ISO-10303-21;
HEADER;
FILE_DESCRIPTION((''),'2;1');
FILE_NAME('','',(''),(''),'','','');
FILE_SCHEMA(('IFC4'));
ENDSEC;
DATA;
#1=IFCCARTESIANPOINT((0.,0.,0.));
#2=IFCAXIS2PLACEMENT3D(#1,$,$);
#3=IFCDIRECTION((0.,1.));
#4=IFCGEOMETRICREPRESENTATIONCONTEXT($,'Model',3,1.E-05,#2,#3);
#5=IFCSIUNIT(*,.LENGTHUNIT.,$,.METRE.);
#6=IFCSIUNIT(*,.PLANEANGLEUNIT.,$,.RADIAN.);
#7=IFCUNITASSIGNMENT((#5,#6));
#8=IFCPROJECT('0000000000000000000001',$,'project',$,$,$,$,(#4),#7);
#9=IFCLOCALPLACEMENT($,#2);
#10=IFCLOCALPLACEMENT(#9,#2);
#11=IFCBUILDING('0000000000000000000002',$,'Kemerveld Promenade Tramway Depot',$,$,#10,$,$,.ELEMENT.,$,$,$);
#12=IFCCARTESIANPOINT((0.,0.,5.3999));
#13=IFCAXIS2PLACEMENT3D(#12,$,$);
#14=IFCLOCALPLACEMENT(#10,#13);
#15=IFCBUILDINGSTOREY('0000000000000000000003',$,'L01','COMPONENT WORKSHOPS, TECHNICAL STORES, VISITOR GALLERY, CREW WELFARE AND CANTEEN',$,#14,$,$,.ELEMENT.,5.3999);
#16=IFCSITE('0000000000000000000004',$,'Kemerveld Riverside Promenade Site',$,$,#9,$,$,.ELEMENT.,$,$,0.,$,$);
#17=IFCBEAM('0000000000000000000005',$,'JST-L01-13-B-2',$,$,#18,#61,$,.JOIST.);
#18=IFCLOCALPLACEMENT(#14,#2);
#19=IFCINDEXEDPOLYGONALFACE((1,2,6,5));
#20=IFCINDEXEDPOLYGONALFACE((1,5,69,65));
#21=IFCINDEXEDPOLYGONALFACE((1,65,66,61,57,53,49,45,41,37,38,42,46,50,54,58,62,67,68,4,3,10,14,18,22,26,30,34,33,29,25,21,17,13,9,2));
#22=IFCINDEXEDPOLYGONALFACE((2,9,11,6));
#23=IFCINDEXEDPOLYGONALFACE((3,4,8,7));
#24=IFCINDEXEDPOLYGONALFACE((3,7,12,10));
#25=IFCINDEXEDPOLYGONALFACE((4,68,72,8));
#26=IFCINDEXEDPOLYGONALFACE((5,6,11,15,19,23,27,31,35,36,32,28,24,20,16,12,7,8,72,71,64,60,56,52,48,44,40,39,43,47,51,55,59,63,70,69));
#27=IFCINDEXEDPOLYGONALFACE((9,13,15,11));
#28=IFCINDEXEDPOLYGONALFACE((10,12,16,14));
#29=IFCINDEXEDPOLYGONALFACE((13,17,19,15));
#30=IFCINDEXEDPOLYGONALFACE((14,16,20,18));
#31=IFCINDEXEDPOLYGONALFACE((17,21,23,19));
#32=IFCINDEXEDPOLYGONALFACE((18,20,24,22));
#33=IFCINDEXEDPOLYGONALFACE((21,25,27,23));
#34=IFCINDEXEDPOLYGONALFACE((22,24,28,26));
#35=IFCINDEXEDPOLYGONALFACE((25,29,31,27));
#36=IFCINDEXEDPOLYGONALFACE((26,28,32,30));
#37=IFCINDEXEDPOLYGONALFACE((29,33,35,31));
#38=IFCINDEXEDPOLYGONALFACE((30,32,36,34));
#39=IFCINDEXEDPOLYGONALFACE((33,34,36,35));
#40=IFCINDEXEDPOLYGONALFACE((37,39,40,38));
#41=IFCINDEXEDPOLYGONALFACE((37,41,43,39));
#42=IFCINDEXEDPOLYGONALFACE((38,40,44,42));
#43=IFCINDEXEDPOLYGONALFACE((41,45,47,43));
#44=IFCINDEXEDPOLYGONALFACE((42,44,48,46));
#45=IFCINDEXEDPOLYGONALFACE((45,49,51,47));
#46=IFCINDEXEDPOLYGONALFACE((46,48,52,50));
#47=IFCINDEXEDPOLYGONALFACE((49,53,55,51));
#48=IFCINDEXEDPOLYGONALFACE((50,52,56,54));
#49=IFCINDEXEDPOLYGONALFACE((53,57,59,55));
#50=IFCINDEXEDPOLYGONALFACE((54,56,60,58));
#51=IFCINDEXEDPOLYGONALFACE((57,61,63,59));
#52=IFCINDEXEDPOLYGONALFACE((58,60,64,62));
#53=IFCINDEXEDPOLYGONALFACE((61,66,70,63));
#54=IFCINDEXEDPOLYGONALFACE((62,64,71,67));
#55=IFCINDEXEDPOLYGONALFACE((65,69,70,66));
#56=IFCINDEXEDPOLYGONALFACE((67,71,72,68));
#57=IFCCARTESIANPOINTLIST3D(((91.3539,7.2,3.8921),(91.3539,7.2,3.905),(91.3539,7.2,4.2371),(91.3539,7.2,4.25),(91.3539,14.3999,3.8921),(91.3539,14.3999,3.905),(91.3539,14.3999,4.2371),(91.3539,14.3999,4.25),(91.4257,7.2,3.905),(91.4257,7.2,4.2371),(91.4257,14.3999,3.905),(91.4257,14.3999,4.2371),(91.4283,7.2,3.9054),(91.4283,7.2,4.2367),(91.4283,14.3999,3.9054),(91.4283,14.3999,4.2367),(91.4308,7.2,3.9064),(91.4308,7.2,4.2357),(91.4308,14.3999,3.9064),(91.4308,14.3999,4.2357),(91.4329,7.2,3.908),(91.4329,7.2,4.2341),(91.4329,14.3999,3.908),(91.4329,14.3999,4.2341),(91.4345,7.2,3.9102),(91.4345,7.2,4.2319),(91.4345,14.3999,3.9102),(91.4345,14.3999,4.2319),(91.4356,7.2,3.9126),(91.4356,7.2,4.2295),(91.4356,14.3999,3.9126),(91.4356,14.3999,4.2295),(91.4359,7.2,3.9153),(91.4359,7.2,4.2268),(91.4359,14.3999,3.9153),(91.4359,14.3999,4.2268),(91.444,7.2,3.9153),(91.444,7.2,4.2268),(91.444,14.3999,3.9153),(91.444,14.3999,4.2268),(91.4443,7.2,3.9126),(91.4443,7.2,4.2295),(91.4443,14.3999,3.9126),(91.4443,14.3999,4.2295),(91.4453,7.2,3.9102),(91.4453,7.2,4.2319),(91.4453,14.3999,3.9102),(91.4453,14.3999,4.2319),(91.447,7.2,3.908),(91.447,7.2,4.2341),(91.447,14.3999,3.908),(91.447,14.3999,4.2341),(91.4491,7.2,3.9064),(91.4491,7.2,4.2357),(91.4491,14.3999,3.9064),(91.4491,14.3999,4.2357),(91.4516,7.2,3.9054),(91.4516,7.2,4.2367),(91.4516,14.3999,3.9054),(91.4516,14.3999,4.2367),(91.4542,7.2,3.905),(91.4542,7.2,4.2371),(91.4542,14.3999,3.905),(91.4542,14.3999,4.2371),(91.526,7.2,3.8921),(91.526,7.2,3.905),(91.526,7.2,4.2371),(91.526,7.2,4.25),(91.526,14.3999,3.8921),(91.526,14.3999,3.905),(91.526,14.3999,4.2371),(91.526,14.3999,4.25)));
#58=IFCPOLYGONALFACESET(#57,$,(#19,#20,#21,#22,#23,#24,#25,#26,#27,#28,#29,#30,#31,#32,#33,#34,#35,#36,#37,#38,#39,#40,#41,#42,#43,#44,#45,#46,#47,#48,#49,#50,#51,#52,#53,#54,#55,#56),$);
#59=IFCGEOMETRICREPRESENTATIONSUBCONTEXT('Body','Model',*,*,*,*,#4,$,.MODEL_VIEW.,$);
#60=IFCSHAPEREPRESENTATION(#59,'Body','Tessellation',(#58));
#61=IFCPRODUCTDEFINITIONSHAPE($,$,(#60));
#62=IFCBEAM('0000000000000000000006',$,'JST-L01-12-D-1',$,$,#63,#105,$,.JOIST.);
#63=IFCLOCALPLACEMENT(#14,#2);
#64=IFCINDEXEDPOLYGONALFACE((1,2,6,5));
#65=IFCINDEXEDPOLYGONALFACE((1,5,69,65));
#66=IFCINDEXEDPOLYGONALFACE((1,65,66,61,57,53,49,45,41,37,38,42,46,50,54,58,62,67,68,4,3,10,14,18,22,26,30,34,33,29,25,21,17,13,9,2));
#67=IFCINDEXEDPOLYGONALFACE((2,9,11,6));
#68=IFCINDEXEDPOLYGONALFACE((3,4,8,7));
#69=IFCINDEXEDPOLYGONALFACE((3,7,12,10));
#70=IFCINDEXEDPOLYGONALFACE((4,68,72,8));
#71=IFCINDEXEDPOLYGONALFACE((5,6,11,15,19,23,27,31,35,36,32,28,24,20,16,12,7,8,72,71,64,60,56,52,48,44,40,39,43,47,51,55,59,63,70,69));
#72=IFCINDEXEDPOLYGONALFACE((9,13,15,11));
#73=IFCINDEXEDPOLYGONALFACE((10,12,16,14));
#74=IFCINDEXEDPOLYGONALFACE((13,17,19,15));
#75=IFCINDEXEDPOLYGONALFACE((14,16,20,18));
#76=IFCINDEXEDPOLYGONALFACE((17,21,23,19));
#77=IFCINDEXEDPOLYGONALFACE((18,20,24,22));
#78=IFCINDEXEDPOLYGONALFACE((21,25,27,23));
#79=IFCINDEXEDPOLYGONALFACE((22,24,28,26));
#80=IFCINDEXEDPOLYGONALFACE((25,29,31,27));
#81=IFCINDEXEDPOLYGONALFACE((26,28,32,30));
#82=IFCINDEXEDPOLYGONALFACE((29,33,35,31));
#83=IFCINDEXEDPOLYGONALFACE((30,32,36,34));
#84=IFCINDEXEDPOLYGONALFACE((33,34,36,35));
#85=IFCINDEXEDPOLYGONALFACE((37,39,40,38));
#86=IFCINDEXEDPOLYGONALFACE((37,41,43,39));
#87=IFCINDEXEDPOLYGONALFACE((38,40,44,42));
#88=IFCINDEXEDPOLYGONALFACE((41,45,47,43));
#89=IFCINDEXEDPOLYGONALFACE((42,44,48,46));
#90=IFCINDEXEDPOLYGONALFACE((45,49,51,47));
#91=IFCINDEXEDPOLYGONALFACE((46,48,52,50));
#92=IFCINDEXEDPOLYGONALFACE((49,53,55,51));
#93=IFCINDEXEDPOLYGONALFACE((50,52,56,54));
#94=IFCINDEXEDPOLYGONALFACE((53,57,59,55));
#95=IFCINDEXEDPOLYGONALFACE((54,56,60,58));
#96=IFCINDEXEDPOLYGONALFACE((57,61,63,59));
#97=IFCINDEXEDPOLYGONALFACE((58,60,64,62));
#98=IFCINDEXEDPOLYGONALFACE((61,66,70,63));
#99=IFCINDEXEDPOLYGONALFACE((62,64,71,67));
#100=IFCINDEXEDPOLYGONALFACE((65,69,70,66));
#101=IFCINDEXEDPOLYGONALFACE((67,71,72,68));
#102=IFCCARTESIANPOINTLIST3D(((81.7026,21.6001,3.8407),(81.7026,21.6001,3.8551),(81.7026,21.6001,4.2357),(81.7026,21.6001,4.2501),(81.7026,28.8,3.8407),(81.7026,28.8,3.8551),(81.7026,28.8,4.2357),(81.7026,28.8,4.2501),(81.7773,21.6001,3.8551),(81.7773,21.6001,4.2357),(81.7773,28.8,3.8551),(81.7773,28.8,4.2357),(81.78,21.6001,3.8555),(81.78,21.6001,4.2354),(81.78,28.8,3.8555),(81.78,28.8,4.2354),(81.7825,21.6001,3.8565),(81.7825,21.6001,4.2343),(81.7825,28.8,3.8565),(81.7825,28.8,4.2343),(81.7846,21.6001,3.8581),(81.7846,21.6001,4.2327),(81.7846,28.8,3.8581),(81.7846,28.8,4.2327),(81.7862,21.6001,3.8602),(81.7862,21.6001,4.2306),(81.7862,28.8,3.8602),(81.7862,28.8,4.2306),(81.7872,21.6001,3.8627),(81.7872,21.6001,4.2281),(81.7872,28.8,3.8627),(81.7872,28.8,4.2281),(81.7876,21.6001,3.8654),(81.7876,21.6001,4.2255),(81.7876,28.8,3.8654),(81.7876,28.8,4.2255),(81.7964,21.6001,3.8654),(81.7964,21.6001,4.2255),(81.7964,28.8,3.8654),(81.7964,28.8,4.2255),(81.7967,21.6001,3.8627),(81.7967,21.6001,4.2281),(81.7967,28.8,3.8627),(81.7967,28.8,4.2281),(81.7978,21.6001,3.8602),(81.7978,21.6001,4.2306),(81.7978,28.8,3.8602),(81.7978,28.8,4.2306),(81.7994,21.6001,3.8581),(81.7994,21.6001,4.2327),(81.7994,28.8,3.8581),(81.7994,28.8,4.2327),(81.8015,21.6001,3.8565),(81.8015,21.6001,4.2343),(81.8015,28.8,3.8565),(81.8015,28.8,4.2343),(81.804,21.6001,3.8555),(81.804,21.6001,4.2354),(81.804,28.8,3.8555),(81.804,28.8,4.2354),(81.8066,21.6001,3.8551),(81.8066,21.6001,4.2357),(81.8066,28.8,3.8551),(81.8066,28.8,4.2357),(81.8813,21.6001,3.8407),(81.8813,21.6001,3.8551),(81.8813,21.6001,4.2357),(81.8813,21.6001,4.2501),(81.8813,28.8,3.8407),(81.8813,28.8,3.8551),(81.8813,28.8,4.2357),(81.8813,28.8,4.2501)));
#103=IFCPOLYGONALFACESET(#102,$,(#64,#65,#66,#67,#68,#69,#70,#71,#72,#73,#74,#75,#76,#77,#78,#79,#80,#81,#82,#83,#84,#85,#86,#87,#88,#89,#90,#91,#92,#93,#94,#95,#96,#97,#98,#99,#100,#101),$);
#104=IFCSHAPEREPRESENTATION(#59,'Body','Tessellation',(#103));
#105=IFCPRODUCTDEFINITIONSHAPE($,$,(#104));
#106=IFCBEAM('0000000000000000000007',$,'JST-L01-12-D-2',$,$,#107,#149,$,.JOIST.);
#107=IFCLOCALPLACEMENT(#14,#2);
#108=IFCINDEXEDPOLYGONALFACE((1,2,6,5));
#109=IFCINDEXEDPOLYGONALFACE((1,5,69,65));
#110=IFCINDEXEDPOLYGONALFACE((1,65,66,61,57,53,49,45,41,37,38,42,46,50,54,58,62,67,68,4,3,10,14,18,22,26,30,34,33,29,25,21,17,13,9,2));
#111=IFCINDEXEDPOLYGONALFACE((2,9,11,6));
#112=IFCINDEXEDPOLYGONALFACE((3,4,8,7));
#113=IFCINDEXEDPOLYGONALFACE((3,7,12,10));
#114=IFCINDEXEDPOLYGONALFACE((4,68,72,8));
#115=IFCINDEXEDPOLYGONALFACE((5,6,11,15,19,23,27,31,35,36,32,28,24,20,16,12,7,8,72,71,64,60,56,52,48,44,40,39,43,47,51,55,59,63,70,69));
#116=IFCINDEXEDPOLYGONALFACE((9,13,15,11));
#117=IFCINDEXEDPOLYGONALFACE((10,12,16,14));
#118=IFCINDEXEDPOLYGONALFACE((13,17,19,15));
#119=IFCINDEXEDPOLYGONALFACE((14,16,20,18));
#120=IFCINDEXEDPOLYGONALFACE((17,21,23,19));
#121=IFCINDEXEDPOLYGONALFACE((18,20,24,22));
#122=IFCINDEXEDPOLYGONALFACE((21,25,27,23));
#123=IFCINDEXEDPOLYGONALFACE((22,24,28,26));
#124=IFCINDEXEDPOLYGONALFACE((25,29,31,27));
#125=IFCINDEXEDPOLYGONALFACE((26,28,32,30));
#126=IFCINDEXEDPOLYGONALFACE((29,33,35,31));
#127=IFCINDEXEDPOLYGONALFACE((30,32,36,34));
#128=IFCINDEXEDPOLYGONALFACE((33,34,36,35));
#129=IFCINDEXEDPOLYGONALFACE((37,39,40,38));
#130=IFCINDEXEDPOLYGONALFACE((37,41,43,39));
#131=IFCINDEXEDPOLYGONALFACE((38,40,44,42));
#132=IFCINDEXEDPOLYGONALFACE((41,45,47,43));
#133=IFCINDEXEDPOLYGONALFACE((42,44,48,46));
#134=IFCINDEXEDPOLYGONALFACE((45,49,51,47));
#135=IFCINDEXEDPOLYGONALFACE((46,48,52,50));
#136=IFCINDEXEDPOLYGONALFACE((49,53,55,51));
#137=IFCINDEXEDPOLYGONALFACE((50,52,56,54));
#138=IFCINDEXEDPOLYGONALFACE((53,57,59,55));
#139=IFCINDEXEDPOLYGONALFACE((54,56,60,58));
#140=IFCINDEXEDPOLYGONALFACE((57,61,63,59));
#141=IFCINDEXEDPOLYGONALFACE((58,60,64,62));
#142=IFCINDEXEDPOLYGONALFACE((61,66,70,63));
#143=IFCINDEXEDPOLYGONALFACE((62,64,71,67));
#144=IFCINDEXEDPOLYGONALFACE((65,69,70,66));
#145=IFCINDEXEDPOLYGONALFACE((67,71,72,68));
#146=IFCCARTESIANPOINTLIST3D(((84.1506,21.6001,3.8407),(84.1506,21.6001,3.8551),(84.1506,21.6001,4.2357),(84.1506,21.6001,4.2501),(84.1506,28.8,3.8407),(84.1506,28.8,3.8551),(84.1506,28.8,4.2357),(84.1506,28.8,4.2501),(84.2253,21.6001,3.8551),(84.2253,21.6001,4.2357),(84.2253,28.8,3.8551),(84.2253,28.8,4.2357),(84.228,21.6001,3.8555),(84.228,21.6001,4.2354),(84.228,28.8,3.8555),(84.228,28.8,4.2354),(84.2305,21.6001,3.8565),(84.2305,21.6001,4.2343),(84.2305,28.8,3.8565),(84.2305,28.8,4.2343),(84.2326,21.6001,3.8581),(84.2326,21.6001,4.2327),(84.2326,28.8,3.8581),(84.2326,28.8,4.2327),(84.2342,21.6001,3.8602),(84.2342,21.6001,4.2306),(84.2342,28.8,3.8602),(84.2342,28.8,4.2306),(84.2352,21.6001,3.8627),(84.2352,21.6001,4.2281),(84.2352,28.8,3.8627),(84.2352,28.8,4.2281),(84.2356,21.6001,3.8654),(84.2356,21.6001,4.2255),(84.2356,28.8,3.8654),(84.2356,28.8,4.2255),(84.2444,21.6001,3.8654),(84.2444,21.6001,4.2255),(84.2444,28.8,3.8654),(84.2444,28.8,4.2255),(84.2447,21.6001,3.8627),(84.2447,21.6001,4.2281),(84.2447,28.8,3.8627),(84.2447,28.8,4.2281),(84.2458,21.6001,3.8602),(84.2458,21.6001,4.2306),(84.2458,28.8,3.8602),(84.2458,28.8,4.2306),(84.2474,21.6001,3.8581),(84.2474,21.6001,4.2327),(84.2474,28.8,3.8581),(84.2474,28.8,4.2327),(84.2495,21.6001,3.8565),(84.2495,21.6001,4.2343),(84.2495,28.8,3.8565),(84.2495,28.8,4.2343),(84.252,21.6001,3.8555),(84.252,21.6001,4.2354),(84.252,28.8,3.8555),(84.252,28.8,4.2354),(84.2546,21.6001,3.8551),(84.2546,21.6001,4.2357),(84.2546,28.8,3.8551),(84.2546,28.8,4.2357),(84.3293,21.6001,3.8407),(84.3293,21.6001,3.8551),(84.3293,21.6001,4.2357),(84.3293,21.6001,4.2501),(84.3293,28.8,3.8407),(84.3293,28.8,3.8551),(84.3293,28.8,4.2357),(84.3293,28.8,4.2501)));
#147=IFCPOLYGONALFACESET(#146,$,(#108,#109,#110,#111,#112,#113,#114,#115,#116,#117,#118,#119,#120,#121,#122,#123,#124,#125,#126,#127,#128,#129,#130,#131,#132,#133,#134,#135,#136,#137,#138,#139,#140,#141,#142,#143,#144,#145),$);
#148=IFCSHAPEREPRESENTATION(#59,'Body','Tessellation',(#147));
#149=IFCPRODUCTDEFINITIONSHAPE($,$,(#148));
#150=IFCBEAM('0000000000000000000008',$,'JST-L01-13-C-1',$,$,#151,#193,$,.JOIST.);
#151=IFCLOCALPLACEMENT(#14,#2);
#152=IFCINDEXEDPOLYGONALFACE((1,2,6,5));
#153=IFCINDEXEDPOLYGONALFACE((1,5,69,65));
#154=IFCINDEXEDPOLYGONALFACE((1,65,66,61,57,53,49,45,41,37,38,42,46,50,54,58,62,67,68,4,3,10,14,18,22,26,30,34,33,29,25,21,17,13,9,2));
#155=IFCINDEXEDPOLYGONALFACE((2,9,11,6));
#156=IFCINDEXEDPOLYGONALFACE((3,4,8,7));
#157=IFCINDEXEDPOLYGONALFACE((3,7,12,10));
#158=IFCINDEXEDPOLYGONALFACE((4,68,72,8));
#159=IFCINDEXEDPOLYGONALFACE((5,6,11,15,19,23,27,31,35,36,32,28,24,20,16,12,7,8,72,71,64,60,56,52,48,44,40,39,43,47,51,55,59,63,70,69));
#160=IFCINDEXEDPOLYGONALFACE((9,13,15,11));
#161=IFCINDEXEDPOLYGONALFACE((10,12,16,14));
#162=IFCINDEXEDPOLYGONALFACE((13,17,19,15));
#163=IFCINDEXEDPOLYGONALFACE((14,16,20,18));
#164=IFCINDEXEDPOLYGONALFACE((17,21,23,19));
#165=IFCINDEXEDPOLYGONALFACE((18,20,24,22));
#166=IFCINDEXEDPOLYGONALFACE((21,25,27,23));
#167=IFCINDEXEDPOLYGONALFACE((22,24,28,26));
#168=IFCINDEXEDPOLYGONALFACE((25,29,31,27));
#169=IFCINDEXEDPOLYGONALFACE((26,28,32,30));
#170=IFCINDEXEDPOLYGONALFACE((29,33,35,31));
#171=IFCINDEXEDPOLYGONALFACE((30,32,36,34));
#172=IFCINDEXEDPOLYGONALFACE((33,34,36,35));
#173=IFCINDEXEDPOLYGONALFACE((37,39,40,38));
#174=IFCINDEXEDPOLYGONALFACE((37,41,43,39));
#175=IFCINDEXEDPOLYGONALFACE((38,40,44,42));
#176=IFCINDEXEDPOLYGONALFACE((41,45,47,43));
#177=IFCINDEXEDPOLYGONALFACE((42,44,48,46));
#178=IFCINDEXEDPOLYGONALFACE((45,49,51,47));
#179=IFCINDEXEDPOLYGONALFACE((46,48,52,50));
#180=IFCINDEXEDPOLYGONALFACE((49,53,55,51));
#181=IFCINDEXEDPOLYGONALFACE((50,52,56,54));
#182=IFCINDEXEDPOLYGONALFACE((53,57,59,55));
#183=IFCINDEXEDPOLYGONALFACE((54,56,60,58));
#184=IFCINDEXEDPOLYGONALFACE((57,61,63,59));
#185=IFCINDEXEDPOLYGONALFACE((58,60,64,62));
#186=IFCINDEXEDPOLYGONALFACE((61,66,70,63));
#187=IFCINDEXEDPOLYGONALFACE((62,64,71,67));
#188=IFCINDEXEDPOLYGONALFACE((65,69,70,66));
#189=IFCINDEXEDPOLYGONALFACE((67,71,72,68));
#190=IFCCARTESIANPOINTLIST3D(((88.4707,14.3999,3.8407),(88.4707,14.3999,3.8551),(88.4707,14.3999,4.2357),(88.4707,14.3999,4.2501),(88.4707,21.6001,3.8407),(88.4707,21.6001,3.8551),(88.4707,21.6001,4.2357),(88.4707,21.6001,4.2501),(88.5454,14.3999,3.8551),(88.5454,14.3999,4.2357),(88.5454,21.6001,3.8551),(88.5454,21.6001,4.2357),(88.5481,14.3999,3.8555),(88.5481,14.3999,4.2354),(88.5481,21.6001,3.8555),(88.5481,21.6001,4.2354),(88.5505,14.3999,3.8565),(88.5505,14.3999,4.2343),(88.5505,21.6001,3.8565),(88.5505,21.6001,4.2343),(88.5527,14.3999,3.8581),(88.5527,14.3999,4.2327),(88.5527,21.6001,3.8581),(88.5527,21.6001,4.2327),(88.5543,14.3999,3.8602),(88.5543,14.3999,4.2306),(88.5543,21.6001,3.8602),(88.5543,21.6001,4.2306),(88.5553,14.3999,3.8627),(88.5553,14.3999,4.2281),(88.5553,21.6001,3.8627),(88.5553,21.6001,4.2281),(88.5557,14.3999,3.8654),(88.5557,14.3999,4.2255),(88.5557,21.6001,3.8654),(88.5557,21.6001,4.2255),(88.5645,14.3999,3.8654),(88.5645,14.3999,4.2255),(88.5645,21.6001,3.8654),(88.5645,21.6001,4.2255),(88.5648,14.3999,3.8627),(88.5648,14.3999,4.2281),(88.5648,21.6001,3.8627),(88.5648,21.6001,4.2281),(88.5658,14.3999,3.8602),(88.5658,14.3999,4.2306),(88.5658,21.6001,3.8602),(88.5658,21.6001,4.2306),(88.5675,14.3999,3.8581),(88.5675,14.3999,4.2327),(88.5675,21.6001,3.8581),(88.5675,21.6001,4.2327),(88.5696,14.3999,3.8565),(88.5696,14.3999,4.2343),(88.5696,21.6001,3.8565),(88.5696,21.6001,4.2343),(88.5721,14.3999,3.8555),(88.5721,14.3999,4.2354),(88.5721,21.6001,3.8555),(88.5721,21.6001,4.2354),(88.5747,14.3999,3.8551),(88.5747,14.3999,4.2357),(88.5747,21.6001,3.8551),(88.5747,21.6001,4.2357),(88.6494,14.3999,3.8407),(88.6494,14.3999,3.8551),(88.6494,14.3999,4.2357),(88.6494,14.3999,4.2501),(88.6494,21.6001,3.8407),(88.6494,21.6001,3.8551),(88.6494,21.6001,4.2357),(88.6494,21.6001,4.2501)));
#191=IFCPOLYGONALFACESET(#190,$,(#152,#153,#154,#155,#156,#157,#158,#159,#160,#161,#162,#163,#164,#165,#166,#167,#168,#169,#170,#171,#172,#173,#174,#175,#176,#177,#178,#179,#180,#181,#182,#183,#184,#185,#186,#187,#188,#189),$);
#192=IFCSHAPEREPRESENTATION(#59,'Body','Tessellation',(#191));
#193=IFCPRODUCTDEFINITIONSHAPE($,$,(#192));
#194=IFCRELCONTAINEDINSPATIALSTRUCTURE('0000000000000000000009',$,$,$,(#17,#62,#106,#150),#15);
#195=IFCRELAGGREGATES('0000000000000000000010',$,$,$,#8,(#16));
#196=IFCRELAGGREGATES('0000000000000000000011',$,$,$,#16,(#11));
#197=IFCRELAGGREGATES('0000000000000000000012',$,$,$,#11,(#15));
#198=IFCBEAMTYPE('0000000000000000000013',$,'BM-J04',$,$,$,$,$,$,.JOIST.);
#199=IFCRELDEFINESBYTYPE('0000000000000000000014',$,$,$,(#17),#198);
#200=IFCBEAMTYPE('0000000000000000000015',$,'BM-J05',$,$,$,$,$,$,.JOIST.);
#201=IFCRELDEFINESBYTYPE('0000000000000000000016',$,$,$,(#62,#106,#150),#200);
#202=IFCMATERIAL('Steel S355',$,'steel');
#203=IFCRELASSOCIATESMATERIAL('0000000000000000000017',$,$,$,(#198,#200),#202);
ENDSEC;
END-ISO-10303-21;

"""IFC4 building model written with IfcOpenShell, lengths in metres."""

from ifc_helpers import new_model, si_unit, direction, frame, origin, origin_2d, place, context, subcontext, project, spatial, i_section, extrude, material, material_profile, profile_set, type_object, element, save


model = new_model("IFC4")

# Units and contexts
model_context = context("Model", 3, precision=1e-05, world=origin(), true_north=direction((0.0, 1.0)))
body_context = subcontext(model_context, "Body", "Model", "MODEL_VIEW")
ifc_project = project(units=[si_unit("LENGTHUNIT", "METRE"), si_unit("PLANEANGLEUNIT", "RADIAN")], contexts=[model_context])

# Site, building, storey
site_placement = place(None, origin())
site = spatial("IfcSite", under=ifc_project, at=site_placement, Name="Kemerveld Riverside Promenade Site", CompositionType="ELEMENT", RefElevation=0.0)
building_placement = place(site_placement, origin())
building = spatial("IfcBuilding", under=site, at=building_placement, Name="Kemerveld Promenade Tramway Depot", CompositionType="ELEMENT")
storey_placement = place(building_placement, frame((0.0, 0.0, 5.3999)))
storey = spatial("IfcBuildingStorey", under=building, at=storey_placement, Name="L01", Description="COMPONENT WORKSHOPS, TECHNICAL STORES, VISITOR GALLERY, CREW WELFARE AND CANTEEN", CompositionType="ELEMENT", Elevation=5.3999)

# Shared definitions
ifc_material_1 = material(Name="Steel S355", Category="steel")

# Beams
ifc_material_profile_1 = material_profile(ifc_material_1, i_section(OverallWidth=0.1721, OverallDepth=0.3579, WebThickness=0.0081, FlangeThickness=0.0129, FilletRadius=0.0103, at=origin_2d()), Name="356x171x57 UB")
ifc_profile_set_1 = profile_set([ifc_material_profile_1], Name="Steel S355")
beam_type_1 = type_object("IfcBeamType", Name="BM-J04", PredefinedType="JOIST", material=ifc_profile_set_1)
for number, where, z_axis, x_axis, name in (
    (1, (91.4399, 7.2, 4.071), (0.0, 1.0, 0.0), (-1.0, 0.0, 0.0), "JST-L01-13-B-2"),
):
    element("IfcBeam", number, at=place(storey_placement, frame(where, z_axis=z_axis, x_axis=x_axis)), inside=storey, type_object=beam_type_1, Name=name, PredefinedType="JOIST", context=body_context, shape_type="SweptSolid", body=[
        extrude(i_section(OverallWidth=0.1721, OverallDepth=0.3579, WebThickness=0.0081, FlangeThickness=0.0129, FilletRadius=0.0103, at=origin_2d()), origin(), (0.0, 0.0, 1.0), 7.2),
    ])
ifc_material_profile_2 = material_profile(ifc_material_1, i_section(OverallWidth=0.1787, OverallDepth=0.4094, WebThickness=0.0088, FlangeThickness=0.0144, FilletRadius=0.0103, at=origin_2d()), Name="406x178x67 UB")
ifc_profile_set_2 = profile_set([ifc_material_profile_2], Name="Steel S355")
beam_type_2 = type_object("IfcBeamType", Name="BM-J05", PredefinedType="JOIST", material=ifc_profile_set_2)
for number, where, z_axis, x_axis, name in (
    (2, (81.792, 21.6001, 4.0454), (0.0, 1.0, 0.0), (-1.0, 0.0, 0.0), "JST-L01-12-D-1"),
    (3, (84.24, 21.6001, 4.0454), (0.0, 1.0, 0.0), (-1.0, 0.0, 0.0), "JST-L01-12-D-2"),
):
    element("IfcBeam", number, at=place(storey_placement, frame(where, z_axis=z_axis, x_axis=x_axis)), inside=storey, type_object=beam_type_2, Name=name, PredefinedType="JOIST", context=body_context, shape_type="SweptSolid", body=[
        extrude(i_section(OverallWidth=0.1787, OverallDepth=0.4094, WebThickness=0.0088, FlangeThickness=0.0144, FilletRadius=0.0103, at=origin_2d()), origin(), (0.0, 0.0, 1.0), 7.2),
    ])
for number, where, z_axis, x_axis, name in (
    (4, (88.5601, 14.3999, 4.0454), (0.0, 1.0, 0.0), (-1.0, 0.0, 0.0), "JST-L01-13-C-1"),
):
    element("IfcBeam", number, at=place(storey_placement, frame(where, z_axis=z_axis, x_axis=x_axis)), inside=storey, type_object=beam_type_2, Name=name, PredefinedType="JOIST", context=body_context, shape_type="SweptSolid", body=[
        extrude(i_section(OverallWidth=0.1787, OverallDepth=0.4094, WebThickness=0.0088, FlangeThickness=0.0144, FilletRadius=0.0103, at=origin_2d()), origin(), (0.0, 0.0, 1.0), 7.2002),
    ])

save(model, "model.ifc")
